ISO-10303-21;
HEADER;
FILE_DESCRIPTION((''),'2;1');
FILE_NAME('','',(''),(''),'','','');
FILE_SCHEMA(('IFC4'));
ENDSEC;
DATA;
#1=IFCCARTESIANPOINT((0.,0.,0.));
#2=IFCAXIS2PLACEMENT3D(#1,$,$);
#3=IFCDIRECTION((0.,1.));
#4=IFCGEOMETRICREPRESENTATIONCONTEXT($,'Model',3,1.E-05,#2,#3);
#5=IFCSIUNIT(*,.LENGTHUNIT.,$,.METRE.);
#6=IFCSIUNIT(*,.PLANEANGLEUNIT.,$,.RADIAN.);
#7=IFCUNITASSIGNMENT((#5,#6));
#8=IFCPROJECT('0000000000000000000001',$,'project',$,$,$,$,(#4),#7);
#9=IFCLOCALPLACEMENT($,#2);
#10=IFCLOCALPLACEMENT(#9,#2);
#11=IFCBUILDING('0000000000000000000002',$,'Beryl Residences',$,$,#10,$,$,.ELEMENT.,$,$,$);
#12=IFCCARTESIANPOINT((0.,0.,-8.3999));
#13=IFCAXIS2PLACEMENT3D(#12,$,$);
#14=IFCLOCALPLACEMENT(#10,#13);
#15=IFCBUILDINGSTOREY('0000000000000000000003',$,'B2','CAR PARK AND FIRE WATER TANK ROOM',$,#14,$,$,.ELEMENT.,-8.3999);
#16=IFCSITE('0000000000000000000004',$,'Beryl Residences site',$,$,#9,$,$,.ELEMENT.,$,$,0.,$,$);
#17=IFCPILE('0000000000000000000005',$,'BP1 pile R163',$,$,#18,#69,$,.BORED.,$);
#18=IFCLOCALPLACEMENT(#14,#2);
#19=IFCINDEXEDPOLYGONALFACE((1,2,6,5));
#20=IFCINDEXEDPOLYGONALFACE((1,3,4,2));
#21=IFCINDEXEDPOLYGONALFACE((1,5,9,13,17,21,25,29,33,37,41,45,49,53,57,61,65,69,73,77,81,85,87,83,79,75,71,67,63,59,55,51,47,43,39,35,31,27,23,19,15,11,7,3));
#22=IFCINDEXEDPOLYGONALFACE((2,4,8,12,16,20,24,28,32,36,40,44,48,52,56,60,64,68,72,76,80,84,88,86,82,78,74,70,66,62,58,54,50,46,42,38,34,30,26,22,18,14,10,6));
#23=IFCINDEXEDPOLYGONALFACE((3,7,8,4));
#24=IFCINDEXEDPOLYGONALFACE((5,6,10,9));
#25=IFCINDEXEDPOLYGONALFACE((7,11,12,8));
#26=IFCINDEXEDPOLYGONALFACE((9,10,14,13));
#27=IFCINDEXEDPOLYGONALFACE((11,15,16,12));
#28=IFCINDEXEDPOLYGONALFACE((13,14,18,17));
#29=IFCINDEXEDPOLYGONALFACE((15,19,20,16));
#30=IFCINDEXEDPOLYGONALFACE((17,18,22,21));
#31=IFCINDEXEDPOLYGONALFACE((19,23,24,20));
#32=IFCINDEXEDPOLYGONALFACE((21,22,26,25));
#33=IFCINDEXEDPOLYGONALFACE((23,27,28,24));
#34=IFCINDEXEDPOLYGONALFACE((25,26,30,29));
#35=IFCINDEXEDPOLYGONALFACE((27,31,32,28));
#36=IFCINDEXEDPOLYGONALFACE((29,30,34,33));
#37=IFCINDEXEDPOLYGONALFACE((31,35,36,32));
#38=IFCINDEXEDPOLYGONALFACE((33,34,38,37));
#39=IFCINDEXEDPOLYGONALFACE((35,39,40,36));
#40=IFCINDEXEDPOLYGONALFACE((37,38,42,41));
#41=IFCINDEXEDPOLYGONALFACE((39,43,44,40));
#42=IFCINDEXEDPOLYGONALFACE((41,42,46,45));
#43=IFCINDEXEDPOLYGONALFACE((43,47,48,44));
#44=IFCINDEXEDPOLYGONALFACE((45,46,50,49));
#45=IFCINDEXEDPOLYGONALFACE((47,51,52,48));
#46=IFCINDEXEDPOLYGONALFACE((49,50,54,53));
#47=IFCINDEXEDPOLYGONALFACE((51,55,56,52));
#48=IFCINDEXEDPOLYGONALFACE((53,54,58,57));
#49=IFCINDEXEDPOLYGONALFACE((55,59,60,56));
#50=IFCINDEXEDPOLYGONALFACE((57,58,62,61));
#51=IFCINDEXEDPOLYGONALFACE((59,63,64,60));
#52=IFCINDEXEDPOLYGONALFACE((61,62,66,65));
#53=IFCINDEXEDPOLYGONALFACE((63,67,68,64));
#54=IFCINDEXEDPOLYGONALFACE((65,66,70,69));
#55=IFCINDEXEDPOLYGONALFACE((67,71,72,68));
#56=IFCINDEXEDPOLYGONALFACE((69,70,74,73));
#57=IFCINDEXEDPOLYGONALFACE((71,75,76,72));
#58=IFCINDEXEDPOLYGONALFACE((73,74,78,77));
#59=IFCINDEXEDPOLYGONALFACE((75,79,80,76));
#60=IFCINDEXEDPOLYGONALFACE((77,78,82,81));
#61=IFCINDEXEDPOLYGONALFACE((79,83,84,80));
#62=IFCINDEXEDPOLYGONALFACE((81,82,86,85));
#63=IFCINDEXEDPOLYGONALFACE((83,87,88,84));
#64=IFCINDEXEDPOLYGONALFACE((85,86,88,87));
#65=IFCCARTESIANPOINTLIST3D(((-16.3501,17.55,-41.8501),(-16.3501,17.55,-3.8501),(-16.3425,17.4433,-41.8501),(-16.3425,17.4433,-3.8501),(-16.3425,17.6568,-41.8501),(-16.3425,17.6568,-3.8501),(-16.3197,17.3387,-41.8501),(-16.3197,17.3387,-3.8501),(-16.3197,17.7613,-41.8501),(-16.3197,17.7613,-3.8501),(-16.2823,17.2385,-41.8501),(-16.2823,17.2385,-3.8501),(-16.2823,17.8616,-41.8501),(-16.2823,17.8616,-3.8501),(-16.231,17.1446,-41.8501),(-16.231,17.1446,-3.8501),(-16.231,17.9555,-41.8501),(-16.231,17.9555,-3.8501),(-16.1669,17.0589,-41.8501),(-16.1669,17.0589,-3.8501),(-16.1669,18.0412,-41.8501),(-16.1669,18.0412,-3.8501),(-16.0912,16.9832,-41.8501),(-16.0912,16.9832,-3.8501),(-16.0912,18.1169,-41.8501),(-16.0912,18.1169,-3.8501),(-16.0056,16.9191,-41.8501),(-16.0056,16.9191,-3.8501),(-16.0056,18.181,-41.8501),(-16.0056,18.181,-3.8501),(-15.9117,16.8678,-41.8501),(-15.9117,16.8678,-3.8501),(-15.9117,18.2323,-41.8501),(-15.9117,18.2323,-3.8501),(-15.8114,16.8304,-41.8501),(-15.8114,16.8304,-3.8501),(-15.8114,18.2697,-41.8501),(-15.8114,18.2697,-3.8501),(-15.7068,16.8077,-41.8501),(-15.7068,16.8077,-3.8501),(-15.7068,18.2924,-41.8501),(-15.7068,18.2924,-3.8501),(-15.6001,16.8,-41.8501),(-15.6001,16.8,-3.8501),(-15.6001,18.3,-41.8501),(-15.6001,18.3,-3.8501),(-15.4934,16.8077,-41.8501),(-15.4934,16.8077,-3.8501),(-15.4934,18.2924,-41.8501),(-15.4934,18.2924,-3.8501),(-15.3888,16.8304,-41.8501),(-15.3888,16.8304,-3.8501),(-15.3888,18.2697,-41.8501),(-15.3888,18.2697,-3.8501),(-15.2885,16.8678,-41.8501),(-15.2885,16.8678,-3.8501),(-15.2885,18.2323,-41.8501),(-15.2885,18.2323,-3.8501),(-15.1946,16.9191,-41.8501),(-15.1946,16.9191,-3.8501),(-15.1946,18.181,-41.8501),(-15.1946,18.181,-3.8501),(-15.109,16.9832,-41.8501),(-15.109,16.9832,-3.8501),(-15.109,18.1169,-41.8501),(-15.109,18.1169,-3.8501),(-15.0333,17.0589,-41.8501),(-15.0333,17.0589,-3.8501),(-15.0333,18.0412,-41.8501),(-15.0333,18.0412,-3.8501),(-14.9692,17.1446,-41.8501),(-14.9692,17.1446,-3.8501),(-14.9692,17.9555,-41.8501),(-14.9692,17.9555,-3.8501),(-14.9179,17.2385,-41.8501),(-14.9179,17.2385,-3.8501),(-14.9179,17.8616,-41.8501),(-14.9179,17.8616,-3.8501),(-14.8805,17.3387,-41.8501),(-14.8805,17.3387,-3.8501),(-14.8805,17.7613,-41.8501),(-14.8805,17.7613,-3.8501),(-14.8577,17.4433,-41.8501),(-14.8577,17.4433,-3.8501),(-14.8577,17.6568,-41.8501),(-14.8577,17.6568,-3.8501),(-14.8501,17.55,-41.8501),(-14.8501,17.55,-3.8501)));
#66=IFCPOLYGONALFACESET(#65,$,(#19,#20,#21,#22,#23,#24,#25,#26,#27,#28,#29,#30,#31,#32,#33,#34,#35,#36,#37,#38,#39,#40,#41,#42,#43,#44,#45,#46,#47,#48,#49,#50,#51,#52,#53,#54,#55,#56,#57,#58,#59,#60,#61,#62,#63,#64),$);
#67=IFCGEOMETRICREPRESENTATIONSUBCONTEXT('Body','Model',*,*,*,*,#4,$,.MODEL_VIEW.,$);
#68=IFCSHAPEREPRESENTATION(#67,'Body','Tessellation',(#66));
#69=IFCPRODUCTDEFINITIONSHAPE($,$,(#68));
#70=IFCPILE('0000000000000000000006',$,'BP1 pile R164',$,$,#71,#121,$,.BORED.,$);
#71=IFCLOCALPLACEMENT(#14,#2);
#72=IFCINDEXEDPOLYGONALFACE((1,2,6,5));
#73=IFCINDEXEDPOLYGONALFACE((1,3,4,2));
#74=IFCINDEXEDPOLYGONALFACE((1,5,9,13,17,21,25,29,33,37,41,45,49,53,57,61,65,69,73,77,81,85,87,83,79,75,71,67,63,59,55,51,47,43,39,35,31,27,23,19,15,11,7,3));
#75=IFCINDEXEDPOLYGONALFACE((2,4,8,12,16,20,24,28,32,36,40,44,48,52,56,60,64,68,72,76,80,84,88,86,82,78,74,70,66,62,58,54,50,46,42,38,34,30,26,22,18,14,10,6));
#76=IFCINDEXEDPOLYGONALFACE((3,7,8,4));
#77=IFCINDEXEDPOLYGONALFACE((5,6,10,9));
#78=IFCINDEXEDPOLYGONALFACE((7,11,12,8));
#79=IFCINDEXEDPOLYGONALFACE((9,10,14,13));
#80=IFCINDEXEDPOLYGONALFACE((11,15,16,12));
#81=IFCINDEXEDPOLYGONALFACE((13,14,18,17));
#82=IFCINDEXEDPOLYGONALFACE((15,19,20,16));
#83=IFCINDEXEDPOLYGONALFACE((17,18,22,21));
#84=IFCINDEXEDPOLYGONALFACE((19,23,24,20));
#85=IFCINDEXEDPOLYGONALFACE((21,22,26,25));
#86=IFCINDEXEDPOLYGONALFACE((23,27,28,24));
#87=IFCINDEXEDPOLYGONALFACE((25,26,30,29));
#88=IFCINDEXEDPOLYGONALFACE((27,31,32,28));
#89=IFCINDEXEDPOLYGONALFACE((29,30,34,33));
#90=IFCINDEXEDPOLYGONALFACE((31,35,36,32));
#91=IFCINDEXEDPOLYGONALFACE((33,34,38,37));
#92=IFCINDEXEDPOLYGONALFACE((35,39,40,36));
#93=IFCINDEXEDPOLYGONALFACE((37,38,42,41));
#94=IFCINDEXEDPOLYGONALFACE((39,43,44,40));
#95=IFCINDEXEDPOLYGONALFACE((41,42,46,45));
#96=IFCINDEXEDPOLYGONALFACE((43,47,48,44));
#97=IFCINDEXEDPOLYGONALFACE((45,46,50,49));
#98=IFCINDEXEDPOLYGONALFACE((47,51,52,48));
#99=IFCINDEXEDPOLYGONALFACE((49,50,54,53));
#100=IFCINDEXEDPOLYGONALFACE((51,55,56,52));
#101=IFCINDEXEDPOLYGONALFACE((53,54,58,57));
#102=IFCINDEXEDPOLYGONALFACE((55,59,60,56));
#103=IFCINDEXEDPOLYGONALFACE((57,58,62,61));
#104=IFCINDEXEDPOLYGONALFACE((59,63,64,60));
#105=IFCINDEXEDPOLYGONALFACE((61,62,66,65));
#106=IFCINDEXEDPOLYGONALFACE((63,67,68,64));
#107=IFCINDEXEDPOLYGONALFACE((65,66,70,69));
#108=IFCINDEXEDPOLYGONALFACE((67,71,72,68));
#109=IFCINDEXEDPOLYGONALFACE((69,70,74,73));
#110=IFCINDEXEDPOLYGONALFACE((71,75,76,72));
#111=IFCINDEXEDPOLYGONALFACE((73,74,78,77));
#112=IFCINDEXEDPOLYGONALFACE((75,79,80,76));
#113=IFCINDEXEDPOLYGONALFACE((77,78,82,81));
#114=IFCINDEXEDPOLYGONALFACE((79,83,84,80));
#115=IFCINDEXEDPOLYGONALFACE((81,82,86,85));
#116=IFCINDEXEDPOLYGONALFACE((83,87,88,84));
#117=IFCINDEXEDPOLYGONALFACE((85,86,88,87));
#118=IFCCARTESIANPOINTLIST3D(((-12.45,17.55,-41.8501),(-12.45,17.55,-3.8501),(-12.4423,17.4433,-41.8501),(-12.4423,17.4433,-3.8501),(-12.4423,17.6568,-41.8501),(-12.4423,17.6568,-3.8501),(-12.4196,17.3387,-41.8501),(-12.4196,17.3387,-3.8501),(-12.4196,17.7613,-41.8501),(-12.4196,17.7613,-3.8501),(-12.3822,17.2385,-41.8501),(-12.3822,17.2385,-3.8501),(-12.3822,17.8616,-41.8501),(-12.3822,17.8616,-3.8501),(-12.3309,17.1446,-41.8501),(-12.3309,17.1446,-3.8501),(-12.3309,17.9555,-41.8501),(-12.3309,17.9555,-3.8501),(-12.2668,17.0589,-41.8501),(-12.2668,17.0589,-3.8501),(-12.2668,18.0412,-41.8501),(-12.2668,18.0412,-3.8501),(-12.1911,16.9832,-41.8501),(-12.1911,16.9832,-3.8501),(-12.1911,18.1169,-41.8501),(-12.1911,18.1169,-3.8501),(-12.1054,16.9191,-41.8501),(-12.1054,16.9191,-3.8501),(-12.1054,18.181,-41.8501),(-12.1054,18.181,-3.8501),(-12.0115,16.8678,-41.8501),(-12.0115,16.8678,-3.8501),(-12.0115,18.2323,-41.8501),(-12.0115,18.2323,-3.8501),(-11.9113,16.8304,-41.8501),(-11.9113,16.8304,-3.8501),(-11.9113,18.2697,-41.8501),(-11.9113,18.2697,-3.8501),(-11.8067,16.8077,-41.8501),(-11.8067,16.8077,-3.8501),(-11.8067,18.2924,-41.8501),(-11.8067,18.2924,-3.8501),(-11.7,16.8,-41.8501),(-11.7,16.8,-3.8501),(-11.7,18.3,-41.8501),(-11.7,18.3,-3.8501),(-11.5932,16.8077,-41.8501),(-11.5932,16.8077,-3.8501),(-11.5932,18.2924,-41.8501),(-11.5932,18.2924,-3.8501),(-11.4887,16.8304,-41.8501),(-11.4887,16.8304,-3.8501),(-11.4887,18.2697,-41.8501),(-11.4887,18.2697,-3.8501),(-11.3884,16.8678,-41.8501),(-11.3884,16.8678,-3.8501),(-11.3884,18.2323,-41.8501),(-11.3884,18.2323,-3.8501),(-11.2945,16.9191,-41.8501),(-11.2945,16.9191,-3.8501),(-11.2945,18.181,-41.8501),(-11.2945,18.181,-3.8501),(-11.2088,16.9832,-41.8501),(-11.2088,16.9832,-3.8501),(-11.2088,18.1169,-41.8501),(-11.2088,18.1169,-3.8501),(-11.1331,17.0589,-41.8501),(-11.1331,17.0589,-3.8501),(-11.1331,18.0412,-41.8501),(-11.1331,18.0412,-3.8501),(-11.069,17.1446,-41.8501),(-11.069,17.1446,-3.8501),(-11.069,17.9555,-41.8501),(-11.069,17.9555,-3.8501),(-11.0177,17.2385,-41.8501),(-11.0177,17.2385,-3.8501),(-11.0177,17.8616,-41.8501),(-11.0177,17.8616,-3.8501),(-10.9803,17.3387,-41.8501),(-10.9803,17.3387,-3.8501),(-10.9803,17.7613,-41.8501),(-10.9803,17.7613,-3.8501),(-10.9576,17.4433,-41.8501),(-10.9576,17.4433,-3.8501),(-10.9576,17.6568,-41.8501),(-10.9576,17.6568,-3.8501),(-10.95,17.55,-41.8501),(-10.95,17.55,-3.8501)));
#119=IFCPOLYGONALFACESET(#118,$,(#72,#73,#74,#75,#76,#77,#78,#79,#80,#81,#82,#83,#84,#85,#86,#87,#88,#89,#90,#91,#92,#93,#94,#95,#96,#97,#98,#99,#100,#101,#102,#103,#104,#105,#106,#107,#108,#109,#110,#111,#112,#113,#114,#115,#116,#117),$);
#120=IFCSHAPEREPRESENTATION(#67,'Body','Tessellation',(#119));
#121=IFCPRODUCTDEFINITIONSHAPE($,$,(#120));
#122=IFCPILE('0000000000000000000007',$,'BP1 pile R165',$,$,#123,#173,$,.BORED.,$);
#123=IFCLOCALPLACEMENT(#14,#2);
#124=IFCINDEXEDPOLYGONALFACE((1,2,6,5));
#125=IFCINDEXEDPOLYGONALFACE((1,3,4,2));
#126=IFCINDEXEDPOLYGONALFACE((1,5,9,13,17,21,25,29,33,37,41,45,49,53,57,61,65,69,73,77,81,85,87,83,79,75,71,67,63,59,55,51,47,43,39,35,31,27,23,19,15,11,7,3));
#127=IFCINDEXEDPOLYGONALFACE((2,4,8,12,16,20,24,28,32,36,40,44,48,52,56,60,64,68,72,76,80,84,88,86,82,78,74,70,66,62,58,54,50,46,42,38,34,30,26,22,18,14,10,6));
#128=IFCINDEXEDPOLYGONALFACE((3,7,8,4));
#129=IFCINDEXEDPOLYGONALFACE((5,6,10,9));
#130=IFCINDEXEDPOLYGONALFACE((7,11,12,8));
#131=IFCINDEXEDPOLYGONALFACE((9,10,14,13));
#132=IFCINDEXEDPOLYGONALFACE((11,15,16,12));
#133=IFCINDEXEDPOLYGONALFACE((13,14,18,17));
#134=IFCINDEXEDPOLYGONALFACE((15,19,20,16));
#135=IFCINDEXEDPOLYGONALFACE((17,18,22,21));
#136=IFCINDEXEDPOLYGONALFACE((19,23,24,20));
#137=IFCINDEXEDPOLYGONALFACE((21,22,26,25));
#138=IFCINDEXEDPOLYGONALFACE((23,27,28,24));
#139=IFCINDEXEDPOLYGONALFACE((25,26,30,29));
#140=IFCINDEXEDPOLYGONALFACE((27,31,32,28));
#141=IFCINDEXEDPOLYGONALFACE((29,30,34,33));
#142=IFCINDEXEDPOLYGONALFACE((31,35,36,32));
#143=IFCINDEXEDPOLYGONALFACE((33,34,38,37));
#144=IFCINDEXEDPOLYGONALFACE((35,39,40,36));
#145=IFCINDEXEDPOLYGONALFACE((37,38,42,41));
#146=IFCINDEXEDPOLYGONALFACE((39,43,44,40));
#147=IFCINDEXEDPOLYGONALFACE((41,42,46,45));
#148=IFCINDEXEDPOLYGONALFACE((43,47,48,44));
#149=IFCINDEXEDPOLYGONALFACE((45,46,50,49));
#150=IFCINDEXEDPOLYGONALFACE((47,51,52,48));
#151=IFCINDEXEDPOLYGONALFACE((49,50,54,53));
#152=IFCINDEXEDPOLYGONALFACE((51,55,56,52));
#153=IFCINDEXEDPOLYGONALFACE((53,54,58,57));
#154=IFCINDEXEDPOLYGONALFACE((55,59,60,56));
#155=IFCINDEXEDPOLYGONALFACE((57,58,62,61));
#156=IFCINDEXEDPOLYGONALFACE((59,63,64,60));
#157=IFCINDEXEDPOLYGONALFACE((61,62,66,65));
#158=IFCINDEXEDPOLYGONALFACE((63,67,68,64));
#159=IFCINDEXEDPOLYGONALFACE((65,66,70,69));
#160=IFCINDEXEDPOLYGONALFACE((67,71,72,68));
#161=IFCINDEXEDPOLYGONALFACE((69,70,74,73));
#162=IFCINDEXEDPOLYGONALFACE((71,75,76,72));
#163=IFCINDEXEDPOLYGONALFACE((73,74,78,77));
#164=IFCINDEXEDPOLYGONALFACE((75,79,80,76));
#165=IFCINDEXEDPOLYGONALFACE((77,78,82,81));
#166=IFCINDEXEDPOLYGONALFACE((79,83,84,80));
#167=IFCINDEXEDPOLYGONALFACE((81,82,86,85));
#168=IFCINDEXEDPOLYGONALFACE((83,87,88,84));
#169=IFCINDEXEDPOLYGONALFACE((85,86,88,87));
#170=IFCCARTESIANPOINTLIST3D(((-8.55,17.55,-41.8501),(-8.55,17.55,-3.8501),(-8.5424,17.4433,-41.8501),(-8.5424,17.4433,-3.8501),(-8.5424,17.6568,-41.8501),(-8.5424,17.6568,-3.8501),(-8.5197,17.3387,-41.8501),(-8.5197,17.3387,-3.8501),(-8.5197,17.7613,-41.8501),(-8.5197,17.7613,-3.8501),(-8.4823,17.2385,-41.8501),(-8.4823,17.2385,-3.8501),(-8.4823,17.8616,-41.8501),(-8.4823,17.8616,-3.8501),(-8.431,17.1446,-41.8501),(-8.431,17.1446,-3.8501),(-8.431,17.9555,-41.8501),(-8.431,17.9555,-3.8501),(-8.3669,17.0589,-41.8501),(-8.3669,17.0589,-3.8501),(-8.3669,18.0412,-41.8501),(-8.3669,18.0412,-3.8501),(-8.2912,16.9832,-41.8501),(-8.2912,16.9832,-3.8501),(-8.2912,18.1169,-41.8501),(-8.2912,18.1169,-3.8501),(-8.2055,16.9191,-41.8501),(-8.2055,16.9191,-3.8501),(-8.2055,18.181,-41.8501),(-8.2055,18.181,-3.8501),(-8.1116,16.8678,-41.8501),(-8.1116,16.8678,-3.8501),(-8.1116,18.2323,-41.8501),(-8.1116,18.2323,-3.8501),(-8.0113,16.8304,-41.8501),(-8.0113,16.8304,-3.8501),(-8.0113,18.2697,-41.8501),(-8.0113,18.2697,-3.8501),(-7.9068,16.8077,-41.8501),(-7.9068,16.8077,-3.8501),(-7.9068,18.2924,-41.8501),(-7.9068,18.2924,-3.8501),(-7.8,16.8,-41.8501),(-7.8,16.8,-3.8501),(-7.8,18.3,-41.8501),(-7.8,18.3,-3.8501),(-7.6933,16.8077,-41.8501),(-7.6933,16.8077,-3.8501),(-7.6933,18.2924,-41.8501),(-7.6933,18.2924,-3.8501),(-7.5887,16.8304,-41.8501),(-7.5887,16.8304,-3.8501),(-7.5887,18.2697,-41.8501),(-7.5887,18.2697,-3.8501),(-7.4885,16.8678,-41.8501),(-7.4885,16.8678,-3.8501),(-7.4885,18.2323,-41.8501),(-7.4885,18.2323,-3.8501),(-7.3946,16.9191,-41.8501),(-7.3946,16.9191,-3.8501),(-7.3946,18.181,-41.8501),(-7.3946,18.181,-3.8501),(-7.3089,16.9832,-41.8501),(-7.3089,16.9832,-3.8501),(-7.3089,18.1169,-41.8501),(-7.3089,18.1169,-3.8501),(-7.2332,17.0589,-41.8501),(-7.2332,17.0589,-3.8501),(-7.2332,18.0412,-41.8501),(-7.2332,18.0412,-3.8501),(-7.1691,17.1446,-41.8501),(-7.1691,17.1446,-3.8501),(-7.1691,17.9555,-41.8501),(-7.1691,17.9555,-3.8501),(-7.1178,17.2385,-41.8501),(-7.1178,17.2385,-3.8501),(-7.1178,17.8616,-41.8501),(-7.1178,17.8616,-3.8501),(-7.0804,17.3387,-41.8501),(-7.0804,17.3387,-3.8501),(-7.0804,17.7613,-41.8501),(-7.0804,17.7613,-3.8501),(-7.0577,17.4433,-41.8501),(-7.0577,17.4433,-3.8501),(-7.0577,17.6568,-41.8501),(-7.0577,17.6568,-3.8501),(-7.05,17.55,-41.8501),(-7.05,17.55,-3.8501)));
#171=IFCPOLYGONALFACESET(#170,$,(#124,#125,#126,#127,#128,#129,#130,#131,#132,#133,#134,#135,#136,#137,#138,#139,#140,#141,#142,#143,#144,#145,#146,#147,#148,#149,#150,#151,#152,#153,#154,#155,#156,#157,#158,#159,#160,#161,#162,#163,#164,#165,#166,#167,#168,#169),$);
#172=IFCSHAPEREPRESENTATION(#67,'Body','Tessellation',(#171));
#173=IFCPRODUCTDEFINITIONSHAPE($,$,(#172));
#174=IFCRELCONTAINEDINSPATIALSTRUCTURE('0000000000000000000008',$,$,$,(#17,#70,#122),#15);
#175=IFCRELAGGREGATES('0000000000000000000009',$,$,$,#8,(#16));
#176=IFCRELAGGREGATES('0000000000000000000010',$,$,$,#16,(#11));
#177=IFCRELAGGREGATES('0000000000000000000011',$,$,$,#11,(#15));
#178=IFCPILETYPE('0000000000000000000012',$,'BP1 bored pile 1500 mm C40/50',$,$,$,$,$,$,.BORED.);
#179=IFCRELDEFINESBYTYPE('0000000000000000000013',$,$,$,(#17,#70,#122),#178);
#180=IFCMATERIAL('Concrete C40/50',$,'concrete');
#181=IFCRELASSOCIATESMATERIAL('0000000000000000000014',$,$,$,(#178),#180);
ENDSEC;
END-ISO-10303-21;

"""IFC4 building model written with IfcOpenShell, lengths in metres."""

from ifc_helpers import new_model, si_unit, direction, frame, origin, origin_2d, place, context, subcontext, project, spatial, circle, extrude, material, material_profile, profile_set, type_object, element, save


model = new_model("IFC4")

# Units and contexts
model_context = context("Model", 3, precision=1e-05, world=origin(), true_north=direction((0.0, 1.0)))
body_context = subcontext(model_context, "Body", "Model", "MODEL_VIEW")
ifc_project = project(units=[si_unit("LENGTHUNIT", "METRE"), si_unit("PLANEANGLEUNIT", "RADIAN")], contexts=[model_context])

# Site, building, storey
site_placement = place(None, origin())
site = spatial("IfcSite", under=ifc_project, at=site_placement, Name="Beryl Residences site", CompositionType="ELEMENT", RefElevation=0.0)
building_placement = place(site_placement, origin())
building = spatial("IfcBuilding", under=site, at=building_placement, Name="Beryl Residences", CompositionType="ELEMENT")
storey_placement = place(building_placement, frame((0.0, 0.0, -8.3999)))
storey = spatial("IfcBuildingStorey", under=building, at=storey_placement, Name="B2", Description="CAR PARK AND FIRE WATER TANK ROOM", CompositionType="ELEMENT", Elevation=-8.3999)

# Piles
ifc_material_1 = material(Name="Concrete C40/50", Category="concrete")
ifc_material_profile_1 = material_profile(ifc_material_1, circle(Radius=0.75, at=origin_2d()))
ifc_profile_set_1 = profile_set([ifc_material_profile_1], Name="Concrete C40/50")
pile_type = type_object("IfcPileType", Name="BP1 bored pile 1500 mm C40/50", PredefinedType="BORED", material=ifc_profile_set_1)
for number, where, z_axis, x_axis, name in (
    (1, (-15.6001, 17.55, -3.8501), (0.0, 0.0, -1.0), (1.0, 0.0, 0.0), "BP1 pile R163"),
    (2, (-11.7, 17.55, -3.8501), (0.0, 0.0, -1.0), (1.0, 0.0, 0.0), "BP1 pile R164"),
    (3, (-7.8, 17.55, -3.8501), (0.0, 0.0, -1.0), (1.0, 0.0, 0.0), "BP1 pile R165"),
):
    element("IfcPile", number, at=place(storey_placement, frame(where, z_axis=z_axis, x_axis=x_axis)), inside=storey, type_object=pile_type, Name=name, PredefinedType="BORED", context=body_context, shape_type="SweptSolid", body=[
        extrude(circle(Radius=0.75, at=origin_2d()), origin(), (0.0, 0.0, 1.0), 38.0),
    ])

save(model, "model.ifc")
